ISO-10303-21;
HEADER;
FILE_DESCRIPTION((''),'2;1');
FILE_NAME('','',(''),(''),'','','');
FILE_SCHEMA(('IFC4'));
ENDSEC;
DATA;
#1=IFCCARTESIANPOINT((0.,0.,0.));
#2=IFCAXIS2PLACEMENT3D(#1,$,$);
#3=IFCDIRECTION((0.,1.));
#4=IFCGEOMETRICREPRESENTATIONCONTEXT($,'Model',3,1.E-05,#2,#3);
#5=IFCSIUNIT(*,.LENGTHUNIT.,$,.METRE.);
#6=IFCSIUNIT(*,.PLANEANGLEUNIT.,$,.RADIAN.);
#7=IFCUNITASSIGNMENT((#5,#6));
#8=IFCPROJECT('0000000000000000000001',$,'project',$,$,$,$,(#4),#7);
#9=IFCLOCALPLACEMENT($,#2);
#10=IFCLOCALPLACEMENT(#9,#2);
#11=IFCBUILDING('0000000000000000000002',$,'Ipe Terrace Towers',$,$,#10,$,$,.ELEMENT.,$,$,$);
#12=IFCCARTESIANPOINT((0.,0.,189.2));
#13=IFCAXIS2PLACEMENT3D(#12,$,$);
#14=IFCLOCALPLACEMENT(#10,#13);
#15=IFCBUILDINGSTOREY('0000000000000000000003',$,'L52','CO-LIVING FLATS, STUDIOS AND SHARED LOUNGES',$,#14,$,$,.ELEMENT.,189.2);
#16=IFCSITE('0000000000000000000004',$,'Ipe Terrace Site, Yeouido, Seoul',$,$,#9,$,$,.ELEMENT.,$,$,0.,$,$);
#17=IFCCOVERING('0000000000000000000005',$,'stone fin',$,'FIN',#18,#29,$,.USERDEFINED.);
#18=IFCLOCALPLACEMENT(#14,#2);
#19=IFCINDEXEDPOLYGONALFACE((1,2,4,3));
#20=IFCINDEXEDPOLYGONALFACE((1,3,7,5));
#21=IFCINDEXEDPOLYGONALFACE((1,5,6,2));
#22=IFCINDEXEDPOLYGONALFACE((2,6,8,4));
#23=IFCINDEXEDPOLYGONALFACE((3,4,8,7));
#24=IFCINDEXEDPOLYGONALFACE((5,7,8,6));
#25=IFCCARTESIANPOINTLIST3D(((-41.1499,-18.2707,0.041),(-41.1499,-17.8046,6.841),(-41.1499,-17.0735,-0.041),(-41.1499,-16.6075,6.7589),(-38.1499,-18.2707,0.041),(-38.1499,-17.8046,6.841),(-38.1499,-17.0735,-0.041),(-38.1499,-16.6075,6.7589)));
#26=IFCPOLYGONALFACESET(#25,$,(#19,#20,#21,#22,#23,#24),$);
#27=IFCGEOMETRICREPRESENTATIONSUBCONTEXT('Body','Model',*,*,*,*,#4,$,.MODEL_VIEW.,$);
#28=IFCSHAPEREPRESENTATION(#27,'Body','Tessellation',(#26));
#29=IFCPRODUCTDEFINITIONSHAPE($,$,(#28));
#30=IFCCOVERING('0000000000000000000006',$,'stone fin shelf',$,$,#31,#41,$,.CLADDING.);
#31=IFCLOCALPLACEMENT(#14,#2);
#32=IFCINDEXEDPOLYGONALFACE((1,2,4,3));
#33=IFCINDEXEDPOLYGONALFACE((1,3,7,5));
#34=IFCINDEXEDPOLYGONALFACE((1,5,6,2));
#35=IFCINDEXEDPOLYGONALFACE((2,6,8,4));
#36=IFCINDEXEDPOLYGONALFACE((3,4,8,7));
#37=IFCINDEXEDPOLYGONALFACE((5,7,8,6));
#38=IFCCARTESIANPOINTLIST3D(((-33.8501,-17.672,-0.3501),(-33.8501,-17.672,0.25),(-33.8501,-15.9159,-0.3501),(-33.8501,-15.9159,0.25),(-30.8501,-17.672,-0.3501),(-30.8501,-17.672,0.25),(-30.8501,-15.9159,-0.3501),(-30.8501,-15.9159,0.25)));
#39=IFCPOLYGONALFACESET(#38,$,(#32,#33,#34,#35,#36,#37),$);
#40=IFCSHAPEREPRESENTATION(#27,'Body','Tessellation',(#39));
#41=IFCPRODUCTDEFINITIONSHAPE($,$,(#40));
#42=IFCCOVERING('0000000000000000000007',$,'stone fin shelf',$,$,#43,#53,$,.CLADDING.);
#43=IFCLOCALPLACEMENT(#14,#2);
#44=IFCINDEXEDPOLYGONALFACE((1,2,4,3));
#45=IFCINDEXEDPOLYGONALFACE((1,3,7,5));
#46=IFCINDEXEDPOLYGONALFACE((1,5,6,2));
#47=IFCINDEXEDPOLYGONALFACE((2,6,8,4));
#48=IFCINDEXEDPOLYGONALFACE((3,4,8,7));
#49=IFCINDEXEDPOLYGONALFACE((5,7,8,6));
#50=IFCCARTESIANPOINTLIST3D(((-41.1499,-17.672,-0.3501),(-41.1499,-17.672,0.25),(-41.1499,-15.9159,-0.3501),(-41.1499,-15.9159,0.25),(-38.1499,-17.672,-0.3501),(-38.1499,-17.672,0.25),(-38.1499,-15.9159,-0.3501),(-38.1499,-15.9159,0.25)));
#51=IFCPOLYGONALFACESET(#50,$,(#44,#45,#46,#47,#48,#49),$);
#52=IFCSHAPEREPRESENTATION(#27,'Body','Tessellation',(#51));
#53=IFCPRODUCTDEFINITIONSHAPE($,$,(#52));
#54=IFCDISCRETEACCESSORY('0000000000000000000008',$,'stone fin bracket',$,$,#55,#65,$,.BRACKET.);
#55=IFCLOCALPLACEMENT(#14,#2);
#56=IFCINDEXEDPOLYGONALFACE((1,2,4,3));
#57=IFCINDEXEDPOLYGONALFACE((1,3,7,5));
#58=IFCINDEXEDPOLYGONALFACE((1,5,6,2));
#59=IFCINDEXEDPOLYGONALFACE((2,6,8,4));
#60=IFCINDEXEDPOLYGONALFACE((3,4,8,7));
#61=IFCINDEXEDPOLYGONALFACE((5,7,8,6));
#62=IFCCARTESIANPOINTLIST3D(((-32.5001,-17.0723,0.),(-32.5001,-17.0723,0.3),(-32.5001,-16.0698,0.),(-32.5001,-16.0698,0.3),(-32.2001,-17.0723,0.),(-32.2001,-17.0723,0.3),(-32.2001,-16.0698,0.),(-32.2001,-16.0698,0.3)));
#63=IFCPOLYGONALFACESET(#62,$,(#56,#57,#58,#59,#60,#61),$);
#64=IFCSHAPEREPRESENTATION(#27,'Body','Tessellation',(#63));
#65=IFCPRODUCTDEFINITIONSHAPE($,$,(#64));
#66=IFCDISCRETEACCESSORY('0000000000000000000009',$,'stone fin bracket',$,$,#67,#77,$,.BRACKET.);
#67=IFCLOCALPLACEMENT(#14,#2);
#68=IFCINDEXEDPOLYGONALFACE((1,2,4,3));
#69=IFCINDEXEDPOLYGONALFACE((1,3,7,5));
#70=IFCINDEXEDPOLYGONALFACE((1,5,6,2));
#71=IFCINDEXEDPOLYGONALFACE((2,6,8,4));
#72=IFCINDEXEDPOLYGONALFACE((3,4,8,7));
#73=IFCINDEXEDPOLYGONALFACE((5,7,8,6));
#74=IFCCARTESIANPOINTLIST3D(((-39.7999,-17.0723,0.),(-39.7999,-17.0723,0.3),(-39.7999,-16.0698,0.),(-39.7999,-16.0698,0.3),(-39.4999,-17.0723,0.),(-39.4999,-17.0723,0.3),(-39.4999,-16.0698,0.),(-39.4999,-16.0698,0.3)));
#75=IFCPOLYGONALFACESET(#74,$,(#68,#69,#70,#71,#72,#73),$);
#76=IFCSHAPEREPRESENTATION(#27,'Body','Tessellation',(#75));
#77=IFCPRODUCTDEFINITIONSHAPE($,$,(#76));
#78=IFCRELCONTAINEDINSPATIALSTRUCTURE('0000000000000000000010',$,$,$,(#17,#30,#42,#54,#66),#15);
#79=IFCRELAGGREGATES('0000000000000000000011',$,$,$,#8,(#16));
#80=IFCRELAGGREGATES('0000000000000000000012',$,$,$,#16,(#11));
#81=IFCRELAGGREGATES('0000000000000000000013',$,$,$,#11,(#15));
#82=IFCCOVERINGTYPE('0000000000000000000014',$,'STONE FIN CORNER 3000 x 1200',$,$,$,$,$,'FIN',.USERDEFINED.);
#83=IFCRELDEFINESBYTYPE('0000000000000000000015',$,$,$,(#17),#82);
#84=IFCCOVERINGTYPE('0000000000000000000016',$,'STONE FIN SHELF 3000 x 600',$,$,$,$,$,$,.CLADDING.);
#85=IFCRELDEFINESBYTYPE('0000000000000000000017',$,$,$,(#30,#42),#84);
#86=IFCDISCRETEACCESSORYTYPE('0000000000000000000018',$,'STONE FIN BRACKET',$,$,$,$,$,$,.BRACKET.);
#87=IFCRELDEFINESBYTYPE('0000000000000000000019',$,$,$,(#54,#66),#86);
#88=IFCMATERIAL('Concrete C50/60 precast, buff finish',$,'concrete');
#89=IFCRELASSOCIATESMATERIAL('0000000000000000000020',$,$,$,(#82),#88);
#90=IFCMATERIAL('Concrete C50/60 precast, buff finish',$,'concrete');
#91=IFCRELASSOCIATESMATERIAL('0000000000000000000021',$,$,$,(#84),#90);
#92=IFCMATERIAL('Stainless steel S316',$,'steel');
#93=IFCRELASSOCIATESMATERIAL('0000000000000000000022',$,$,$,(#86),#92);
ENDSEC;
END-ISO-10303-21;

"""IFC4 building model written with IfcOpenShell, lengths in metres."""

from ifc_helpers import new_model, si_unit, direction, frame, origin, origin_2d, place, context, subcontext, project, spatial, rectangle, extrude, material, material_profile, profile_set, type_object, element, save


model = new_model("IFC4")

# Units and contexts
model_context = context("Model", 3, precision=1e-05, world=origin(), true_north=direction((0.0, 1.0)))
body_context = subcontext(model_context, "Body", "Model", "MODEL_VIEW")
ifc_project = project(units=[si_unit("LENGTHUNIT", "METRE"), si_unit("PLANEANGLEUNIT", "RADIAN")], contexts=[model_context])

# Site, building, storey
site_placement = place(None, origin())
site = spatial("IfcSite", under=ifc_project, at=site_placement, Name="Ipe Terrace Site, Yeouido, Seoul", CompositionType="ELEMENT", RefElevation=0.0)
building_placement = place(site_placement, origin())
building = spatial("IfcBuilding", under=site, at=building_placement, Name="Ipe Terrace Towers", CompositionType="ELEMENT")
storey_placement = place(building_placement, frame((0.0, 0.0, 189.2)))
storey = spatial("IfcBuildingStorey", under=building, at=storey_placement, Name="L52", Description="CO-LIVING FLATS, STUDIOS AND SHARED LOUNGES", CompositionType="ELEMENT", Elevation=189.2)

# Coverings
ifc_material_1 = material(Name="Concrete C50/60 precast, buff finish", Category="concrete")
ifc_material_profile_1 = material_profile(ifc_material_1, rectangle(XDim=3.0, YDim=1.2, at=origin_2d()), Name="STONE FIN CORNER 3000 x 1200")
ifc_profile_set_1 = profile_set([ifc_material_profile_1], Name="Concrete C50/60 precast, buff finish")
covering_type_1 = type_object("IfcCoveringType", Name="STONE FIN CORNER 3000 x 1200", ElementType="FIN", PredefinedType="USERDEFINED", material=ifc_profile_set_1)
for number, where, z_axis, x_axis, name in (
    (1, (-39.6499, -17.6721, 0.0), (0.0, 0.068378, 0.997659), (1.0, 0.0, 0.0), "stone fin"),
):
    element("IfcCovering", number, at=place(storey_placement, frame(where, z_axis=z_axis, x_axis=x_axis)), inside=storey, type_object=covering_type_1, Name=name, ObjectType="FIN", PredefinedType="USERDEFINED", context=body_context, shape_type="SweptSolid", body=[
        extrude(rectangle(XDim=3.0, YDim=1.2, at=origin_2d()), origin(), (0.0, 0.0, 1.0), 6.8159),
    ])
ifc_material_2 = material(Name="Concrete C50/60 precast, buff finish", Category="concrete")
covering_type_2 = type_object("IfcCoveringType", Name="STONE FIN SHELF 3000 x 600", PredefinedType="CLADDING", material=ifc_material_2)
for number, where, z_axis, x_axis, name in (
    (2, (-32.3501, -16.7939, -0.3501), (0.0, 0.0, 1.0), (1.0, 0.0, 0.0), "stone fin shelf"),
    (3, (-39.6499, -16.7939, -0.3501), (0.0, 0.0, 1.0), (1.0, 0.0, 0.0), "stone fin shelf"),
):
    element("IfcCovering", number, at=place(storey_placement, frame(where, z_axis=z_axis, x_axis=x_axis)), inside=storey, type_object=covering_type_2, Name=name, PredefinedType="CLADDING", context=body_context, shape_type="SweptSolid", body=[
        extrude(rectangle(XDim=3.0, YDim=1.7561, at=origin_2d()), origin(), (0.0, 0.0, 1.0), 0.6001),
    ])

# Discrete accessories
ifc_material_3 = material(Name="Stainless steel S316", Category="steel")
discrete_accessory_type = type_object("IfcDiscreteAccessoryType", Name="STONE FIN BRACKET", PredefinedType="BRACKET", material=ifc_material_3)
for number, where, z_axis, x_axis, name in (
    (4, (-32.3501, -16.571, 0.0), (0.0, 0.0, 1.0), (1.0, 0.0, 0.0), "stone fin bracket"),
    (5, (-39.6499, -16.571, 0.0), (0.0, 0.0, 1.0), (1.0, 0.0, 0.0), "stone fin bracket"),
):
    element("IfcDiscreteAccessory", number, at=place(storey_placement, frame(where, z_axis=z_axis, x_axis=x_axis)), inside=storey, type_object=discrete_accessory_type, Name=name, PredefinedType="BRACKET", context=body_context, shape_type="SweptSolid", body=[
        extrude(rectangle(XDim=0.3, YDim=1.0024, at=origin_2d()), origin(), (0.0, 0.0, 1.0), 0.3),
    ])

save(model, "model.ifc")
